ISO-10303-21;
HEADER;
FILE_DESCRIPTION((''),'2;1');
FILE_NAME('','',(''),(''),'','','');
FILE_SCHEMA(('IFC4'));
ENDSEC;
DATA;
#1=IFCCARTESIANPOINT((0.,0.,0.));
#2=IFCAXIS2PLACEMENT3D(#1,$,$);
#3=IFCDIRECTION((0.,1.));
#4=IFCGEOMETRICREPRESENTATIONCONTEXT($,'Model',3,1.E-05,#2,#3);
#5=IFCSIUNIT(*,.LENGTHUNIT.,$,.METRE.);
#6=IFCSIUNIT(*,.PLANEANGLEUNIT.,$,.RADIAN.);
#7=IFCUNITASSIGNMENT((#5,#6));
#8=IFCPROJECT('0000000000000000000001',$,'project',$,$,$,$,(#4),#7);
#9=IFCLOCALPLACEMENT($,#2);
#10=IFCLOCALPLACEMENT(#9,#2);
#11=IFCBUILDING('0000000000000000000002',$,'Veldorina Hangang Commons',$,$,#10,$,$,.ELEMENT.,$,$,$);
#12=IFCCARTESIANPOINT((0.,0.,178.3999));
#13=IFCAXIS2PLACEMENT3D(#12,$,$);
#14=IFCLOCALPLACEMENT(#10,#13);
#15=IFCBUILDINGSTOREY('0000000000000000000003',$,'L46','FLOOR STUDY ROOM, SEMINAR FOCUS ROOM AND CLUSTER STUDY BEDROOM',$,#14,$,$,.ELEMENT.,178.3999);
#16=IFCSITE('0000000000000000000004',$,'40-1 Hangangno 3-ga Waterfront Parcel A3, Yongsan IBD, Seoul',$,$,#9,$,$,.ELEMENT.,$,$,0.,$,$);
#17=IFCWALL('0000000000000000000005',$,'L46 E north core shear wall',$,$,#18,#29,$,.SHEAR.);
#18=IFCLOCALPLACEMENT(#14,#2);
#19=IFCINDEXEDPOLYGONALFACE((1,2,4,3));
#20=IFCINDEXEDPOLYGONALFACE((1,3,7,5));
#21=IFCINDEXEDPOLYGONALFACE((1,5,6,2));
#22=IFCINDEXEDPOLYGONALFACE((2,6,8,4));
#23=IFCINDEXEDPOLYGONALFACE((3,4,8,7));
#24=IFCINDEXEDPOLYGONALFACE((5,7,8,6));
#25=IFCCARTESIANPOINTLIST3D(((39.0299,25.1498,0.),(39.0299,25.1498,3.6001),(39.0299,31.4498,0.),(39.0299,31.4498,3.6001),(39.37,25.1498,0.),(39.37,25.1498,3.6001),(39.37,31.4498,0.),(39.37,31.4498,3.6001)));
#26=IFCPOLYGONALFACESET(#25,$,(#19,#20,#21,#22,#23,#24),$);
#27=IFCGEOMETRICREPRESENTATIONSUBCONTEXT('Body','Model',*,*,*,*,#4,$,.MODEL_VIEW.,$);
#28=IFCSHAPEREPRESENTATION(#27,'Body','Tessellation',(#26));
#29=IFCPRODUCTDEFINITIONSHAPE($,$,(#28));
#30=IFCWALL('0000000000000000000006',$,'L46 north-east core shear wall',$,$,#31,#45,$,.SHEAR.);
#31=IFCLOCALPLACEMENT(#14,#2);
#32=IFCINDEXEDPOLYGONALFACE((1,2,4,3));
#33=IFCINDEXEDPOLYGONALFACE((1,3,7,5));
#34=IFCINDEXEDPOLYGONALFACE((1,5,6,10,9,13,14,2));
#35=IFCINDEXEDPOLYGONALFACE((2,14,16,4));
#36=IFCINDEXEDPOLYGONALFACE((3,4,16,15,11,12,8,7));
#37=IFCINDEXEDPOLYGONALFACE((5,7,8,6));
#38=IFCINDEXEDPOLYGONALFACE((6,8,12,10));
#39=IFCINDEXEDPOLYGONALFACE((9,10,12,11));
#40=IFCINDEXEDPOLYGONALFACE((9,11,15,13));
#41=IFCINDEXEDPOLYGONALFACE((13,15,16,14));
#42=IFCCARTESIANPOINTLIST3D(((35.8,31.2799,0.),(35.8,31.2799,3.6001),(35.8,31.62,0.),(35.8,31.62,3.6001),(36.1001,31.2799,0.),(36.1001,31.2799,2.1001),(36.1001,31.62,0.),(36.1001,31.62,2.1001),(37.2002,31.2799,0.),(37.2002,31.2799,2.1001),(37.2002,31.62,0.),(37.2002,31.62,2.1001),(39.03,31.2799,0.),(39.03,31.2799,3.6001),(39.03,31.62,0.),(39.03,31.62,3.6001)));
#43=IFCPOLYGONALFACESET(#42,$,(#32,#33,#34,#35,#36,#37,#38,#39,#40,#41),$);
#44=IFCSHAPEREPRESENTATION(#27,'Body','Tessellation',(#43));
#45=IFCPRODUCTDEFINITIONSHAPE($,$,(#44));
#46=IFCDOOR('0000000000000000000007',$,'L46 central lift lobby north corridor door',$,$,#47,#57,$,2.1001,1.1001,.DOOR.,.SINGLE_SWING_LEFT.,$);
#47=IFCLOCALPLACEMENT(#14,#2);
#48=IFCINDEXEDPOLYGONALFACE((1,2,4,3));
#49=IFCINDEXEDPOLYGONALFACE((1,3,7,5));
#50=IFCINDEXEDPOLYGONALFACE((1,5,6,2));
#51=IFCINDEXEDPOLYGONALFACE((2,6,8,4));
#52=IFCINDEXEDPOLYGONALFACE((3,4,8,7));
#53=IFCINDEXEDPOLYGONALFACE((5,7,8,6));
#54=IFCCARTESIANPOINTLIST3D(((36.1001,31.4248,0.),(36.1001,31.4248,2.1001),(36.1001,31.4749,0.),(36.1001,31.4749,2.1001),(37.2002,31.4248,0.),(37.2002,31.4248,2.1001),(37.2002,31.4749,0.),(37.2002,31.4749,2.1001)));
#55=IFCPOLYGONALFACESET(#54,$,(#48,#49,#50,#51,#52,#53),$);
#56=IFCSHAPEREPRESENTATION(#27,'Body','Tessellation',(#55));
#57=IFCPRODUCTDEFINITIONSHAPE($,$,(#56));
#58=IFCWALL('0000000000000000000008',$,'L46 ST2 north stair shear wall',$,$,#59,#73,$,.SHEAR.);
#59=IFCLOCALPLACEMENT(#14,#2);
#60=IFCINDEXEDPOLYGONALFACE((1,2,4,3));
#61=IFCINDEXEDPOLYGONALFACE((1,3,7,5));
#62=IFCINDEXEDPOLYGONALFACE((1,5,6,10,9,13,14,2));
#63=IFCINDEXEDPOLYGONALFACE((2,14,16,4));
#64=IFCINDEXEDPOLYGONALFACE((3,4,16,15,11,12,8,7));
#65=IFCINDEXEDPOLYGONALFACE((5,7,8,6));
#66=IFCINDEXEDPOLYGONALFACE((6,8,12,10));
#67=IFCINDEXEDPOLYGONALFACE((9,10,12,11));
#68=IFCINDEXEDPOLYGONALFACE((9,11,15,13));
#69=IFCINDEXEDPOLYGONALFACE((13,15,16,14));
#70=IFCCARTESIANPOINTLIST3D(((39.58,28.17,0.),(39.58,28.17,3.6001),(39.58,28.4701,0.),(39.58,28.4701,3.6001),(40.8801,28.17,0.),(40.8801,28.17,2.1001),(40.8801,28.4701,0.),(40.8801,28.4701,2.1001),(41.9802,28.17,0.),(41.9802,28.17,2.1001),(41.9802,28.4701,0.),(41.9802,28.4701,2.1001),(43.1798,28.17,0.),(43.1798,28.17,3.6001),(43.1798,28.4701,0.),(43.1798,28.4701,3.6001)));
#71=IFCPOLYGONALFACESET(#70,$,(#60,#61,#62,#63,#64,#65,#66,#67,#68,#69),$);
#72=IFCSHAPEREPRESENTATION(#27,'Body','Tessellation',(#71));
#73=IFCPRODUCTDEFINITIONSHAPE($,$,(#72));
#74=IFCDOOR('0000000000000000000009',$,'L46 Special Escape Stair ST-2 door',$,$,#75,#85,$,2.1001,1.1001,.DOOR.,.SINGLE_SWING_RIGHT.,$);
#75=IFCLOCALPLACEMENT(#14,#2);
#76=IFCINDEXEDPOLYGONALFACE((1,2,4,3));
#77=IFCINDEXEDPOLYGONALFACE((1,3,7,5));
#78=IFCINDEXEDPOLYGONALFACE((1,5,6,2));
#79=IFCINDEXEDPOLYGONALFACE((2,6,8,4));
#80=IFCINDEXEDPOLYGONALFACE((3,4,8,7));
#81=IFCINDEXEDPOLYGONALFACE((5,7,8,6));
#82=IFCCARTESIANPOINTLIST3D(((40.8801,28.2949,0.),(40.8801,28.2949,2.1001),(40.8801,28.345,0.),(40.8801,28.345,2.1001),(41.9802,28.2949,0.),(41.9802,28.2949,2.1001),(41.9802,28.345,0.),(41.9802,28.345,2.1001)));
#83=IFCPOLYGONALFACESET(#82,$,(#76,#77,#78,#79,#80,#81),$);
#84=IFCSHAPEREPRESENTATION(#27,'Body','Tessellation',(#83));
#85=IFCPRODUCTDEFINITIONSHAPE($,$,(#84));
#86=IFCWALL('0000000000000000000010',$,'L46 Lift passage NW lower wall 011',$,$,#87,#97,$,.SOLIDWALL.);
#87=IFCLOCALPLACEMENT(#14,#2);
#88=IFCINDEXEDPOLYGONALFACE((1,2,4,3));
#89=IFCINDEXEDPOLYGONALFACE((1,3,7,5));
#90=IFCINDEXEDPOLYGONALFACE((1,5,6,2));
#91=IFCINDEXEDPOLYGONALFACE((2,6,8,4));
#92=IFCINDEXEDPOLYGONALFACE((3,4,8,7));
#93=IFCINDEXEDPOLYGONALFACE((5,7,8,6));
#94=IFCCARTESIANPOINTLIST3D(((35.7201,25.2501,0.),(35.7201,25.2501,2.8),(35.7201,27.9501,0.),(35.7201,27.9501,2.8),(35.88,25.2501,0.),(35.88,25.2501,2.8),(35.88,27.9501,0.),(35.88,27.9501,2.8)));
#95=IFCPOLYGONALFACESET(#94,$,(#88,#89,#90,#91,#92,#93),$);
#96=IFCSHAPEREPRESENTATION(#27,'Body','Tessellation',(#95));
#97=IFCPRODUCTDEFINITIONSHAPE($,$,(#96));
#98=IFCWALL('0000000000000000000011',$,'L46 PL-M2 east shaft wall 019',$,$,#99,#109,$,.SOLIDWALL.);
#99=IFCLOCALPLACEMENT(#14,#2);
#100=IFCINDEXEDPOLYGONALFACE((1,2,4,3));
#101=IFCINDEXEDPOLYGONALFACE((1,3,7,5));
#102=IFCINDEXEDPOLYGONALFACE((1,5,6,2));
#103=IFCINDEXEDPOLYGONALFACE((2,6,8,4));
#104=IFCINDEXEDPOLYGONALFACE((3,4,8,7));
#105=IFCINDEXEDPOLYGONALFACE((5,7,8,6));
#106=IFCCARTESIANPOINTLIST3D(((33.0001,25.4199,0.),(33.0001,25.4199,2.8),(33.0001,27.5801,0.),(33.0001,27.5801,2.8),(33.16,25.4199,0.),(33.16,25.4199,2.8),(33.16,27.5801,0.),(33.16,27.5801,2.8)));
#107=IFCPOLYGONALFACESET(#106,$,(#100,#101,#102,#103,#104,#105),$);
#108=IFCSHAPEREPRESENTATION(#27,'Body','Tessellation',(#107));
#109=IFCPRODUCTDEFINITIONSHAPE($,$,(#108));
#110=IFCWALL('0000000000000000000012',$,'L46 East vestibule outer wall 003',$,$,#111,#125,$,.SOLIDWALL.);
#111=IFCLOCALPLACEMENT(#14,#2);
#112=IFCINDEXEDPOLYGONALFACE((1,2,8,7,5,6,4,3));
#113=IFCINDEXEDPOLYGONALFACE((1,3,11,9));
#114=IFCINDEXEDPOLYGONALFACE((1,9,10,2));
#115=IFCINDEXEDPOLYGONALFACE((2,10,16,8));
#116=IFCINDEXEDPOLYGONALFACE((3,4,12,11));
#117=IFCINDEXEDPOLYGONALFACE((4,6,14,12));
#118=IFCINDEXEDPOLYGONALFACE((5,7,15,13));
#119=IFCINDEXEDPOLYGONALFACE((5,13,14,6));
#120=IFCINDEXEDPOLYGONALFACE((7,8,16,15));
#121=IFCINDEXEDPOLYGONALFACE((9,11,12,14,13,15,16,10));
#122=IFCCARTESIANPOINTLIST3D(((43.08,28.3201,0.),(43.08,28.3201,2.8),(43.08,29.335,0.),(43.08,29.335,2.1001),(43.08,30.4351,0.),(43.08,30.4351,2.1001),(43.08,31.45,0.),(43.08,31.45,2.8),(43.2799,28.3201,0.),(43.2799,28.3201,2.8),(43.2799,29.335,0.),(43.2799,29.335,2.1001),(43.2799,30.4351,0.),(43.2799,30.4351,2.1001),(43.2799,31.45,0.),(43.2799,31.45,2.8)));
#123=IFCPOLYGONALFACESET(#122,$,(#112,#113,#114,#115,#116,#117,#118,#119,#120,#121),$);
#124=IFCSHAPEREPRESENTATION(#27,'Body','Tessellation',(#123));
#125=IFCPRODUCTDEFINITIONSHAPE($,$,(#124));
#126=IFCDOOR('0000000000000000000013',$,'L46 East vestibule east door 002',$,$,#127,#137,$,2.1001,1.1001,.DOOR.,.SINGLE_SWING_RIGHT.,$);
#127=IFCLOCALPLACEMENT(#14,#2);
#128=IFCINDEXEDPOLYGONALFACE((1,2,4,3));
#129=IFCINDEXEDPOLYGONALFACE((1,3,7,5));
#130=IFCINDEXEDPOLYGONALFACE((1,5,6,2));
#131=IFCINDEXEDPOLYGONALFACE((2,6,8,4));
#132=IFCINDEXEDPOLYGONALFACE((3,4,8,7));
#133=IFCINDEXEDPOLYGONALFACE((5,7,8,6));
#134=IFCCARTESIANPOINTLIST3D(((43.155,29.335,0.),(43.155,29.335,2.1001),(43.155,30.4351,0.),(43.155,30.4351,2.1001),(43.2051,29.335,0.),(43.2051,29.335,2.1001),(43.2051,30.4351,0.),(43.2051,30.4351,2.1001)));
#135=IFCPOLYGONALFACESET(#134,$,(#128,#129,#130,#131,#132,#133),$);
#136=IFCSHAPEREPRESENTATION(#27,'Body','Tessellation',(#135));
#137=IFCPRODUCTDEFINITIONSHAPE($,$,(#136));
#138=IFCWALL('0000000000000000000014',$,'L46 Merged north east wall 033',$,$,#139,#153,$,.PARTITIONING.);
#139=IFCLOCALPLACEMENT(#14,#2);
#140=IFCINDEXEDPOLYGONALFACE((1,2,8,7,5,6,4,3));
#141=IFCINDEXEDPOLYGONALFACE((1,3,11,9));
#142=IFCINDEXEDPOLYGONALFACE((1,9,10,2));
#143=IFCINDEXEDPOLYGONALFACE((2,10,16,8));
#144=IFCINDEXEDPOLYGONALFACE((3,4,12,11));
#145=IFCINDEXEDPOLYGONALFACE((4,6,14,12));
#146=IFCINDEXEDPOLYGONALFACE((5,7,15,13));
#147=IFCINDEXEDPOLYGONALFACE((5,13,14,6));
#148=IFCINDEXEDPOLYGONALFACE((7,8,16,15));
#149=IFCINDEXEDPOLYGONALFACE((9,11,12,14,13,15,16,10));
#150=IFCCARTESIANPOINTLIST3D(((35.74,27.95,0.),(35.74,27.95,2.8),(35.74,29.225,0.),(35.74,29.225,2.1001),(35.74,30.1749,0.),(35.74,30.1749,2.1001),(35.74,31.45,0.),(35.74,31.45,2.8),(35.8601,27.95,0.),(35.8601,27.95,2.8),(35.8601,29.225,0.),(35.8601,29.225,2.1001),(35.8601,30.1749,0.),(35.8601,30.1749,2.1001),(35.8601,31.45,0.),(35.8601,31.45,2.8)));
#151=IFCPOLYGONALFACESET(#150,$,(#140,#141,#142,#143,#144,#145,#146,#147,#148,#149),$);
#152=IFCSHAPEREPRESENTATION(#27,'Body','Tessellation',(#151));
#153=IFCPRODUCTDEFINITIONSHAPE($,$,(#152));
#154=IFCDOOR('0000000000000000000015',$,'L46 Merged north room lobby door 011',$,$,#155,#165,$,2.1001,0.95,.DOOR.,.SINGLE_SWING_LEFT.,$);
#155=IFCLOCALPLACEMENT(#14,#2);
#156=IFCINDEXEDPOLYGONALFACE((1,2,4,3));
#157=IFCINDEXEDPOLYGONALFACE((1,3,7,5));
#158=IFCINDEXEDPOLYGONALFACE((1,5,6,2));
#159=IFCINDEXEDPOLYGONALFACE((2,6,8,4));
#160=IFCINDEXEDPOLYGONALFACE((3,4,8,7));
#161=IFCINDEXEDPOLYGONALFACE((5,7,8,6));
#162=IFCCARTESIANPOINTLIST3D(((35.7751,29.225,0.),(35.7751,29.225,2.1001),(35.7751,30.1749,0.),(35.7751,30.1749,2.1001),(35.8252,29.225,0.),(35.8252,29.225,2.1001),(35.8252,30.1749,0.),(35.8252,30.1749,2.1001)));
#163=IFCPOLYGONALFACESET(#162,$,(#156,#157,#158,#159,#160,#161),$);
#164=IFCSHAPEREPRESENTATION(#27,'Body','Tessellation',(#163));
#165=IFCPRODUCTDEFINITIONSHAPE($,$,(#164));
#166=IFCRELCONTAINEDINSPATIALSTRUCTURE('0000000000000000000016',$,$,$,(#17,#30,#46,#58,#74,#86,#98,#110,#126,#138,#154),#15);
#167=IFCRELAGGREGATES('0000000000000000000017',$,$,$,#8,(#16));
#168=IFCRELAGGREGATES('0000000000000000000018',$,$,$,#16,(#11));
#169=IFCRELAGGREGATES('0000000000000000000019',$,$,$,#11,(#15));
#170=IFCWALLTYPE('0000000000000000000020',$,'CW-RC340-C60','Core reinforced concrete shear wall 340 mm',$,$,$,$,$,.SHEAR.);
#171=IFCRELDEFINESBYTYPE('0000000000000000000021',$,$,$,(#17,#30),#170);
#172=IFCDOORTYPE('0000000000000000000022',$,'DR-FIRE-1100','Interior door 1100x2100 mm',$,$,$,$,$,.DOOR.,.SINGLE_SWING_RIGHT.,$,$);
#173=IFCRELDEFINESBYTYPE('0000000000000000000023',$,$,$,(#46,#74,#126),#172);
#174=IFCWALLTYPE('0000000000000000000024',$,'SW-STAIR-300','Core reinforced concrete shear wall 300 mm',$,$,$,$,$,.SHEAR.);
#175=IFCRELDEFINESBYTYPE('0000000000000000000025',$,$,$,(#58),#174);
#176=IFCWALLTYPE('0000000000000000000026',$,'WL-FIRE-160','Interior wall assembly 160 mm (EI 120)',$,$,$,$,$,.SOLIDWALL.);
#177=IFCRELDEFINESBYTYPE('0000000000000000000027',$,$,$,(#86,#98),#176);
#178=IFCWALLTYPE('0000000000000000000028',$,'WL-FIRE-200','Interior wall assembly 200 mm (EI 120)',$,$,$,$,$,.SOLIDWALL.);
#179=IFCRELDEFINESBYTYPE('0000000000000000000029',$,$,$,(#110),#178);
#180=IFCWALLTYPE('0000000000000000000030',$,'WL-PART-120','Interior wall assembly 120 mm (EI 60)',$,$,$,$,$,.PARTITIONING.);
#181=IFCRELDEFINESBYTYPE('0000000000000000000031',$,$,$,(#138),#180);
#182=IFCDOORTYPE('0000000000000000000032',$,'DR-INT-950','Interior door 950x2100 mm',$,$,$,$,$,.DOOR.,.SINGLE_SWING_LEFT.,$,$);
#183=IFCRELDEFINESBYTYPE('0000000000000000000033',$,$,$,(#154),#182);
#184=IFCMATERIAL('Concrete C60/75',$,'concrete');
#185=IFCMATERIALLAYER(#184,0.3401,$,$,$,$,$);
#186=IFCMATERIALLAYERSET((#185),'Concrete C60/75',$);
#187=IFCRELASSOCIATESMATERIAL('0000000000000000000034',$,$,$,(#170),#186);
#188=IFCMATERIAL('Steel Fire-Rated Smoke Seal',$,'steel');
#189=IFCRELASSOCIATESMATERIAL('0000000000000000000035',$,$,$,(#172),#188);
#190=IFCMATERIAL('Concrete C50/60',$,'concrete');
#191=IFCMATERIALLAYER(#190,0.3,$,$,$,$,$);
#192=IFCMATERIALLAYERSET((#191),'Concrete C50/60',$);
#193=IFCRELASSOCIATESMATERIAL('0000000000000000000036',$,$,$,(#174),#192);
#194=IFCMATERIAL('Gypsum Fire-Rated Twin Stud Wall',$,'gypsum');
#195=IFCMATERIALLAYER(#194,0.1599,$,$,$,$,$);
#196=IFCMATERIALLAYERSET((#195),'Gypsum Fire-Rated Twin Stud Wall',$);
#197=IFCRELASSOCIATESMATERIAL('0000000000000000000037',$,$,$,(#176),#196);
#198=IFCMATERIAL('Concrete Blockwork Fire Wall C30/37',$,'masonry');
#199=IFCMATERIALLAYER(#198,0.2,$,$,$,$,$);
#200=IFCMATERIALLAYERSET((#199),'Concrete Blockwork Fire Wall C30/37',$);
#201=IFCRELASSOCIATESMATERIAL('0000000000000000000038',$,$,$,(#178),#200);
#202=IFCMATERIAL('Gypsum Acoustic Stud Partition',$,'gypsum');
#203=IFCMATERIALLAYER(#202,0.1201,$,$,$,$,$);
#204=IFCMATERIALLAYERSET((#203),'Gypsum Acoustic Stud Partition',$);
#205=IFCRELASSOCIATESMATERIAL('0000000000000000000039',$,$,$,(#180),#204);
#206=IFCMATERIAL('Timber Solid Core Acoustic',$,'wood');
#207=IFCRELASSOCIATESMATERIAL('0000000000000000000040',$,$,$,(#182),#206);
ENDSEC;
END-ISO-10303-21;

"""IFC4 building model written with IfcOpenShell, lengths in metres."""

from ifc_helpers import new_model, si_unit, direction, frame, frame_2d, origin, place, context, subcontext, project, spatial, rectangle, extrude, material, layer, layer_set, type_object, element, fill, save


model = new_model("IFC4")

# Units and contexts
model_context = context("Model", 3, precision=1e-05, world=origin(), true_north=direction((0.0, 1.0)))
body_context = subcontext(model_context, "Body", "Model", "MODEL_VIEW")
ifc_project = project(units=[si_unit("LENGTHUNIT", "METRE"), si_unit("PLANEANGLEUNIT", "RADIAN")], contexts=[model_context])

# Site, building, storey
site_placement = place(None, origin())
site = spatial("IfcSite", under=ifc_project, at=site_placement, Name="40-1 Hangangno 3-ga Waterfront Parcel A3, Yongsan IBD, Seoul", CompositionType="ELEMENT", RefElevation=0.0)
building_placement = place(site_placement, origin())
building = spatial("IfcBuilding", under=site, at=building_placement, Name="Veldorina Hangang Commons", CompositionType="ELEMENT")
storey_placement = place(building_placement, frame((0.0, 0.0, 178.3999)))
storey = spatial("IfcBuildingStorey", under=building, at=storey_placement, Name="L46", Description="FLOOR STUDY ROOM, SEMINAR FOCUS ROOM AND CLUSTER STUDY BEDROOM", CompositionType="ELEMENT", Elevation=178.3999)

# Wall
ifc_material_1 = material(Name="Concrete C60/75", Category="concrete")
ifc_layer_1 = layer(ifc_material_1, 0.3401)
ifc_layer_set_1 = layer_set([ifc_layer_1], Name="Concrete C60/75")
wall_type_1 = type_object("IfcWallType", Name="CW-RC340-C60", Description="Core reinforced concrete shear wall 340 mm", PredefinedType="SHEAR", material=ifc_layer_set_1)
wall_1_placement = place(storey_placement, frame((39.2, 25.1499, 0.0), z_axis=(0.0, 0.0, 1.0), x_axis=(0.0, 1.0, 0.0)))
element("IfcWall", 1, at=wall_1_placement, inside=storey, type_object=wall_type_1, Name="L46 E north core shear wall", PredefinedType="SHEAR", context=body_context, shape_type="SweptSolid", body=[
    extrude(rectangle(XDim=6.3, YDim=0.3401, at=frame_2d((3.1499, 0.0))), origin(), (0.0, 0.0, 1.0), 3.6001),
])

# Walls, openings, doors
wall_2_placement = place(storey_placement, frame((35.8, 31.45, 0.0), z_axis=(0.0, 0.0, 1.0), x_axis=(1.0, 0.0, 0.0)))
wall_2 = element("IfcWall", 2, at=wall_2_placement, inside=storey, type_object=wall_type_1, Name="L46 north-east core shear wall", PredefinedType="SHEAR", context=body_context, shape_type="SweptSolid", body=[
    extrude(rectangle(XDim=3.23, YDim=0.3401, at=frame_2d((1.615, 0.0))), origin(), (0.0, 0.0, 1.0), 3.6001),
])
opening_1_placement = place(wall_2_placement, frame((0.3, 0.0, 0.0)))
opening_1 = element("IfcOpeningElement", 3, at=opening_1_placement, cuts=wall_2, PredefinedType="OPENING", context=body_context, shape_type="SweptSolid", body=[
    extrude(rectangle(XDim=1.1001, YDim=2.1001, at=frame_2d((0.55, 1.05))), frame((0.0, 0.1802, 0.0), z_axis=(0.0, -1.0, 0.0), x_axis=(1.0, 0.0, 0.0)), (0.0, 0.0, 1.0), 0.3601),
])
ifc_material_2 = material(Name="Steel Fire-Rated Smoke Seal", Category="steel")
door_type_1 = type_object("IfcDoorType", Name="DR-FIRE-1100", Description="Interior door 1100x2100 mm", OperationType="SINGLE_SWING_RIGHT", PredefinedType="DOOR", material=ifc_material_2)
door_1_placement = place(opening_1_placement, origin())
door_1 = element("IfcDoor", 4, at=door_1_placement, inside=storey, type_object=door_type_1, Name="L46 central lift lobby north corridor door", OperationType="SINGLE_SWING_LEFT", OverallHeight=2.1001, OverallWidth=1.1001, PredefinedType="DOOR", context=body_context, shape_type="SweptSolid", body=[
    extrude(rectangle(XDim=1.1001, YDim=2.1001, at=frame_2d((0.55, 1.05))), frame((0.0, 0.0249, 0.0), z_axis=(0.0, -1.0, 0.0), x_axis=(1.0, 0.0, 0.0)), (0.0, 0.0, 1.0), 0.05),
])
fill(opening_1, door_1)
ifc_material_3 = material(Name="Concrete C50/60", Category="concrete")
ifc_layer_2 = layer(ifc_material_3, 0.3)
ifc_layer_set_2 = layer_set([ifc_layer_2], Name="Concrete C50/60")
wall_type_2 = type_object("IfcWallType", Name="SW-STAIR-300", Description="Core reinforced concrete shear wall 300 mm", PredefinedType="SHEAR", material=ifc_layer_set_2)
wall_3_placement = place(storey_placement, frame((39.5801, 28.3201, 0.0), z_axis=(0.0, 0.0, 1.0), x_axis=(1.0, 0.0, 0.0)))
wall_3 = element("IfcWall", 5, at=wall_3_placement, inside=storey, type_object=wall_type_2, Name="L46 ST2 north stair shear wall", PredefinedType="SHEAR", context=body_context, shape_type="SweptSolid", body=[
    extrude(rectangle(XDim=3.5999, YDim=0.3, at=frame_2d((1.7998, 0.0))), origin(), (0.0, 0.0, 1.0), 3.6001),
])
opening_2_placement = place(wall_3_placement, frame((1.3, 0.0, 0.0)))
opening_2 = element("IfcOpeningElement", 6, at=opening_2_placement, cuts=wall_3, PredefinedType="OPENING", context=body_context, shape_type="SweptSolid", body=[
    extrude(rectangle(XDim=1.1001, YDim=2.1001, at=frame_2d((0.55, 1.05))), frame((0.0, 0.1602, 0.0), z_axis=(0.0, -1.0, 0.0), x_axis=(1.0, 0.0, 0.0)), (0.0, 0.0, 1.0), 0.3201),
])
door_2_placement = place(opening_2_placement, origin())
door_2 = element("IfcDoor", 7, at=door_2_placement, inside=storey, type_object=door_type_1, Name="L46 Special Escape Stair ST-2 door", OperationType="SINGLE_SWING_RIGHT", OverallHeight=2.1001, OverallWidth=1.1001, PredefinedType="DOOR", context=body_context, shape_type="SweptSolid", body=[
    extrude(rectangle(XDim=1.1001, YDim=2.1001, at=frame_2d((0.55, 1.05))), frame((0.0, 0.0249, 0.0), z_axis=(0.0, -1.0, 0.0), x_axis=(1.0, 0.0, 0.0)), (0.0, 0.0, 1.0), 0.05),
])
fill(opening_2, door_2)

# Walls
ifc_material_4 = material(Name="Gypsum Fire-Rated Twin Stud Wall", Category="gypsum")
ifc_layer_3 = layer(ifc_material_4, 0.1599)
ifc_layer_set_3 = layer_set([ifc_layer_3], Name="Gypsum Fire-Rated Twin Stud Wall")
wall_type_3 = type_object("IfcWallType", Name="WL-FIRE-160", Description="Interior wall assembly 160 mm (EI 120)", PredefinedType="SOLIDWALL", material=ifc_layer_set_3)
wall_4_placement = place(storey_placement, frame((35.8, 25.25, 0.0), z_axis=(0.0, 0.0, 1.0), x_axis=(0.0, 1.0, 0.0)))
element("IfcWall", 8, at=wall_4_placement, inside=storey, type_object=wall_type_3, Name="L46 Lift passage NW lower wall 011", PredefinedType="SOLIDWALL", context=body_context, shape_type="SweptSolid", body=[
    extrude(rectangle(XDim=2.7, YDim=0.1599, at=frame_2d((1.3501, 0.0))), origin(), (0.0, 0.0, 1.0), 2.8),
])
wall_5_placement = place(storey_placement, frame((33.0801, 25.4199, 0.0), z_axis=(0.0, 0.0, 1.0), x_axis=(0.0, 1.0, 0.0)))
element("IfcWall", 9, at=wall_5_placement, inside=storey, type_object=wall_type_3, Name="L46 PL-M2 east shaft wall 019", PredefinedType="SOLIDWALL", context=body_context, shape_type="SweptSolid", body=[
    extrude(rectangle(XDim=2.1602, YDim=0.1599, at=frame_2d((1.0801, 0.0))), origin(), (0.0, 0.0, 1.0), 2.8),
])

# Walls, openings, doors
ifc_material_5 = material(Name="Concrete Blockwork Fire Wall C30/37", Category="masonry")
ifc_layer_4 = layer(ifc_material_5, 0.2)
ifc_layer_set_4 = layer_set([ifc_layer_4], Name="Concrete Blockwork Fire Wall C30/37")
wall_type_4 = type_object("IfcWallType", Name="WL-FIRE-200", Description="Interior wall assembly 200 mm (EI 120)", PredefinedType="SOLIDWALL", material=ifc_layer_set_4)
wall_6_placement = place(storey_placement, frame((43.1799, 28.3201, 0.0), z_axis=(0.0, 0.0, 1.0), x_axis=(0.0, 1.0, 0.0)))
wall_6 = element("IfcWall", 10, at=wall_6_placement, inside=storey, type_object=wall_type_4, Name="L46 East vestibule outer wall 003", PredefinedType="SOLIDWALL", context=body_context, shape_type="SweptSolid", body=[
    extrude(rectangle(XDim=3.1299, YDim=0.2, at=frame_2d((1.5649, 0.0))), origin(), (0.0, 0.0, 1.0), 2.8),
])
opening_3_placement = place(wall_6_placement, frame((1.0149, 0.0, 0.0)))
opening_3 = element("IfcOpeningElement", 11, at=opening_3_placement, cuts=wall_6, PredefinedType="OPENING", context=body_context, shape_type="SweptSolid", body=[
    extrude(rectangle(XDim=1.1001, YDim=2.1001, at=frame_2d((0.55, 1.05))), frame((0.0, 0.1099, 0.0), z_axis=(0.0, -1.0, 0.0), x_axis=(1.0, 0.0, 0.0)), (0.0, 0.0, 1.0), 0.22),
])
door_3_placement = place(opening_3_placement, origin())
door_3 = element("IfcDoor", 12, at=door_3_placement, inside=storey, type_object=door_type_1, Name="L46 East vestibule east door 002", OperationType="SINGLE_SWING_RIGHT", OverallHeight=2.1001, OverallWidth=1.1001, PredefinedType="DOOR", context=body_context, shape_type="SweptSolid", body=[
    extrude(rectangle(XDim=1.1001, YDim=2.1001, at=frame_2d((0.55, 1.05))), frame((0.0, 0.0249, 0.0), z_axis=(0.0, -1.0, 0.0), x_axis=(1.0, 0.0, 0.0)), (0.0, 0.0, 1.0), 0.05),
])
fill(opening_3, door_3)
ifc_material_6 = material(Name="Gypsum Acoustic Stud Partition", Category="gypsum")
ifc_layer_5 = layer(ifc_material_6, 0.1201)
ifc_layer_set_5 = layer_set([ifc_layer_5], Name="Gypsum Acoustic Stud Partition")
wall_type_5 = type_object("IfcWallType", Name="WL-PART-120", Description="Interior wall assembly 120 mm (EI 60)", PredefinedType="PARTITIONING", material=ifc_layer_set_5)
wall_7_placement = place(storey_placement, frame((35.8, 27.95, 0.0), z_axis=(0.0, 0.0, 1.0), x_axis=(0.0, 1.0, 0.0)))
wall_7 = element("IfcWall", 13, at=wall_7_placement, inside=storey, type_object=wall_type_5, Name="L46 Merged north east wall 033", PredefinedType="PARTITIONING", context=body_context, shape_type="SweptSolid", body=[
    extrude(rectangle(XDim=3.5, YDim=0.1201, at=frame_2d((1.75, 0.0))), origin(), (0.0, 0.0, 1.0), 2.8),
])
opening_4_placement = place(wall_7_placement, frame((1.2749, 0.0, 0.0)))
opening_4 = element("IfcOpeningElement", 14, at=opening_4_placement, cuts=wall_7, PredefinedType="OPENING", context=body_context, shape_type="SweptSolid", body=[
    extrude(rectangle(XDim=0.95, YDim=2.1001, at=frame_2d((0.4751, 1.05))), frame((0.0, 0.0701, 0.0), z_axis=(0.0, -1.0, 0.0), x_axis=(1.0, 0.0, 0.0)), (0.0, 0.0, 1.0), 0.1401),
])
ifc_material_7 = material(Name="Timber Solid Core Acoustic", Category="wood")
door_type_2 = type_object("IfcDoorType", Name="DR-INT-950", Description="Interior door 950x2100 mm", OperationType="SINGLE_SWING_LEFT", PredefinedType="DOOR", material=ifc_material_7)
door_4_placement = place(opening_4_placement, origin())
door_4 = element("IfcDoor", 15, at=door_4_placement, inside=storey, type_object=door_type_2, Name="L46 Merged north room lobby door 011", OperationType="SINGLE_SWING_LEFT", OverallHeight=2.1001, OverallWidth=0.95, PredefinedType="DOOR", context=body_context, shape_type="SweptSolid", body=[
    extrude(rectangle(XDim=0.95, YDim=2.1001, at=frame_2d((0.4751, 1.05))), frame((0.0, 0.0249, 0.0), z_axis=(0.0, -1.0, 0.0), x_axis=(1.0, 0.0, 0.0)), (0.0, 0.0, 1.0), 0.05),
])
fill(opening_4, door_4)

save(model, "model.ifc")
